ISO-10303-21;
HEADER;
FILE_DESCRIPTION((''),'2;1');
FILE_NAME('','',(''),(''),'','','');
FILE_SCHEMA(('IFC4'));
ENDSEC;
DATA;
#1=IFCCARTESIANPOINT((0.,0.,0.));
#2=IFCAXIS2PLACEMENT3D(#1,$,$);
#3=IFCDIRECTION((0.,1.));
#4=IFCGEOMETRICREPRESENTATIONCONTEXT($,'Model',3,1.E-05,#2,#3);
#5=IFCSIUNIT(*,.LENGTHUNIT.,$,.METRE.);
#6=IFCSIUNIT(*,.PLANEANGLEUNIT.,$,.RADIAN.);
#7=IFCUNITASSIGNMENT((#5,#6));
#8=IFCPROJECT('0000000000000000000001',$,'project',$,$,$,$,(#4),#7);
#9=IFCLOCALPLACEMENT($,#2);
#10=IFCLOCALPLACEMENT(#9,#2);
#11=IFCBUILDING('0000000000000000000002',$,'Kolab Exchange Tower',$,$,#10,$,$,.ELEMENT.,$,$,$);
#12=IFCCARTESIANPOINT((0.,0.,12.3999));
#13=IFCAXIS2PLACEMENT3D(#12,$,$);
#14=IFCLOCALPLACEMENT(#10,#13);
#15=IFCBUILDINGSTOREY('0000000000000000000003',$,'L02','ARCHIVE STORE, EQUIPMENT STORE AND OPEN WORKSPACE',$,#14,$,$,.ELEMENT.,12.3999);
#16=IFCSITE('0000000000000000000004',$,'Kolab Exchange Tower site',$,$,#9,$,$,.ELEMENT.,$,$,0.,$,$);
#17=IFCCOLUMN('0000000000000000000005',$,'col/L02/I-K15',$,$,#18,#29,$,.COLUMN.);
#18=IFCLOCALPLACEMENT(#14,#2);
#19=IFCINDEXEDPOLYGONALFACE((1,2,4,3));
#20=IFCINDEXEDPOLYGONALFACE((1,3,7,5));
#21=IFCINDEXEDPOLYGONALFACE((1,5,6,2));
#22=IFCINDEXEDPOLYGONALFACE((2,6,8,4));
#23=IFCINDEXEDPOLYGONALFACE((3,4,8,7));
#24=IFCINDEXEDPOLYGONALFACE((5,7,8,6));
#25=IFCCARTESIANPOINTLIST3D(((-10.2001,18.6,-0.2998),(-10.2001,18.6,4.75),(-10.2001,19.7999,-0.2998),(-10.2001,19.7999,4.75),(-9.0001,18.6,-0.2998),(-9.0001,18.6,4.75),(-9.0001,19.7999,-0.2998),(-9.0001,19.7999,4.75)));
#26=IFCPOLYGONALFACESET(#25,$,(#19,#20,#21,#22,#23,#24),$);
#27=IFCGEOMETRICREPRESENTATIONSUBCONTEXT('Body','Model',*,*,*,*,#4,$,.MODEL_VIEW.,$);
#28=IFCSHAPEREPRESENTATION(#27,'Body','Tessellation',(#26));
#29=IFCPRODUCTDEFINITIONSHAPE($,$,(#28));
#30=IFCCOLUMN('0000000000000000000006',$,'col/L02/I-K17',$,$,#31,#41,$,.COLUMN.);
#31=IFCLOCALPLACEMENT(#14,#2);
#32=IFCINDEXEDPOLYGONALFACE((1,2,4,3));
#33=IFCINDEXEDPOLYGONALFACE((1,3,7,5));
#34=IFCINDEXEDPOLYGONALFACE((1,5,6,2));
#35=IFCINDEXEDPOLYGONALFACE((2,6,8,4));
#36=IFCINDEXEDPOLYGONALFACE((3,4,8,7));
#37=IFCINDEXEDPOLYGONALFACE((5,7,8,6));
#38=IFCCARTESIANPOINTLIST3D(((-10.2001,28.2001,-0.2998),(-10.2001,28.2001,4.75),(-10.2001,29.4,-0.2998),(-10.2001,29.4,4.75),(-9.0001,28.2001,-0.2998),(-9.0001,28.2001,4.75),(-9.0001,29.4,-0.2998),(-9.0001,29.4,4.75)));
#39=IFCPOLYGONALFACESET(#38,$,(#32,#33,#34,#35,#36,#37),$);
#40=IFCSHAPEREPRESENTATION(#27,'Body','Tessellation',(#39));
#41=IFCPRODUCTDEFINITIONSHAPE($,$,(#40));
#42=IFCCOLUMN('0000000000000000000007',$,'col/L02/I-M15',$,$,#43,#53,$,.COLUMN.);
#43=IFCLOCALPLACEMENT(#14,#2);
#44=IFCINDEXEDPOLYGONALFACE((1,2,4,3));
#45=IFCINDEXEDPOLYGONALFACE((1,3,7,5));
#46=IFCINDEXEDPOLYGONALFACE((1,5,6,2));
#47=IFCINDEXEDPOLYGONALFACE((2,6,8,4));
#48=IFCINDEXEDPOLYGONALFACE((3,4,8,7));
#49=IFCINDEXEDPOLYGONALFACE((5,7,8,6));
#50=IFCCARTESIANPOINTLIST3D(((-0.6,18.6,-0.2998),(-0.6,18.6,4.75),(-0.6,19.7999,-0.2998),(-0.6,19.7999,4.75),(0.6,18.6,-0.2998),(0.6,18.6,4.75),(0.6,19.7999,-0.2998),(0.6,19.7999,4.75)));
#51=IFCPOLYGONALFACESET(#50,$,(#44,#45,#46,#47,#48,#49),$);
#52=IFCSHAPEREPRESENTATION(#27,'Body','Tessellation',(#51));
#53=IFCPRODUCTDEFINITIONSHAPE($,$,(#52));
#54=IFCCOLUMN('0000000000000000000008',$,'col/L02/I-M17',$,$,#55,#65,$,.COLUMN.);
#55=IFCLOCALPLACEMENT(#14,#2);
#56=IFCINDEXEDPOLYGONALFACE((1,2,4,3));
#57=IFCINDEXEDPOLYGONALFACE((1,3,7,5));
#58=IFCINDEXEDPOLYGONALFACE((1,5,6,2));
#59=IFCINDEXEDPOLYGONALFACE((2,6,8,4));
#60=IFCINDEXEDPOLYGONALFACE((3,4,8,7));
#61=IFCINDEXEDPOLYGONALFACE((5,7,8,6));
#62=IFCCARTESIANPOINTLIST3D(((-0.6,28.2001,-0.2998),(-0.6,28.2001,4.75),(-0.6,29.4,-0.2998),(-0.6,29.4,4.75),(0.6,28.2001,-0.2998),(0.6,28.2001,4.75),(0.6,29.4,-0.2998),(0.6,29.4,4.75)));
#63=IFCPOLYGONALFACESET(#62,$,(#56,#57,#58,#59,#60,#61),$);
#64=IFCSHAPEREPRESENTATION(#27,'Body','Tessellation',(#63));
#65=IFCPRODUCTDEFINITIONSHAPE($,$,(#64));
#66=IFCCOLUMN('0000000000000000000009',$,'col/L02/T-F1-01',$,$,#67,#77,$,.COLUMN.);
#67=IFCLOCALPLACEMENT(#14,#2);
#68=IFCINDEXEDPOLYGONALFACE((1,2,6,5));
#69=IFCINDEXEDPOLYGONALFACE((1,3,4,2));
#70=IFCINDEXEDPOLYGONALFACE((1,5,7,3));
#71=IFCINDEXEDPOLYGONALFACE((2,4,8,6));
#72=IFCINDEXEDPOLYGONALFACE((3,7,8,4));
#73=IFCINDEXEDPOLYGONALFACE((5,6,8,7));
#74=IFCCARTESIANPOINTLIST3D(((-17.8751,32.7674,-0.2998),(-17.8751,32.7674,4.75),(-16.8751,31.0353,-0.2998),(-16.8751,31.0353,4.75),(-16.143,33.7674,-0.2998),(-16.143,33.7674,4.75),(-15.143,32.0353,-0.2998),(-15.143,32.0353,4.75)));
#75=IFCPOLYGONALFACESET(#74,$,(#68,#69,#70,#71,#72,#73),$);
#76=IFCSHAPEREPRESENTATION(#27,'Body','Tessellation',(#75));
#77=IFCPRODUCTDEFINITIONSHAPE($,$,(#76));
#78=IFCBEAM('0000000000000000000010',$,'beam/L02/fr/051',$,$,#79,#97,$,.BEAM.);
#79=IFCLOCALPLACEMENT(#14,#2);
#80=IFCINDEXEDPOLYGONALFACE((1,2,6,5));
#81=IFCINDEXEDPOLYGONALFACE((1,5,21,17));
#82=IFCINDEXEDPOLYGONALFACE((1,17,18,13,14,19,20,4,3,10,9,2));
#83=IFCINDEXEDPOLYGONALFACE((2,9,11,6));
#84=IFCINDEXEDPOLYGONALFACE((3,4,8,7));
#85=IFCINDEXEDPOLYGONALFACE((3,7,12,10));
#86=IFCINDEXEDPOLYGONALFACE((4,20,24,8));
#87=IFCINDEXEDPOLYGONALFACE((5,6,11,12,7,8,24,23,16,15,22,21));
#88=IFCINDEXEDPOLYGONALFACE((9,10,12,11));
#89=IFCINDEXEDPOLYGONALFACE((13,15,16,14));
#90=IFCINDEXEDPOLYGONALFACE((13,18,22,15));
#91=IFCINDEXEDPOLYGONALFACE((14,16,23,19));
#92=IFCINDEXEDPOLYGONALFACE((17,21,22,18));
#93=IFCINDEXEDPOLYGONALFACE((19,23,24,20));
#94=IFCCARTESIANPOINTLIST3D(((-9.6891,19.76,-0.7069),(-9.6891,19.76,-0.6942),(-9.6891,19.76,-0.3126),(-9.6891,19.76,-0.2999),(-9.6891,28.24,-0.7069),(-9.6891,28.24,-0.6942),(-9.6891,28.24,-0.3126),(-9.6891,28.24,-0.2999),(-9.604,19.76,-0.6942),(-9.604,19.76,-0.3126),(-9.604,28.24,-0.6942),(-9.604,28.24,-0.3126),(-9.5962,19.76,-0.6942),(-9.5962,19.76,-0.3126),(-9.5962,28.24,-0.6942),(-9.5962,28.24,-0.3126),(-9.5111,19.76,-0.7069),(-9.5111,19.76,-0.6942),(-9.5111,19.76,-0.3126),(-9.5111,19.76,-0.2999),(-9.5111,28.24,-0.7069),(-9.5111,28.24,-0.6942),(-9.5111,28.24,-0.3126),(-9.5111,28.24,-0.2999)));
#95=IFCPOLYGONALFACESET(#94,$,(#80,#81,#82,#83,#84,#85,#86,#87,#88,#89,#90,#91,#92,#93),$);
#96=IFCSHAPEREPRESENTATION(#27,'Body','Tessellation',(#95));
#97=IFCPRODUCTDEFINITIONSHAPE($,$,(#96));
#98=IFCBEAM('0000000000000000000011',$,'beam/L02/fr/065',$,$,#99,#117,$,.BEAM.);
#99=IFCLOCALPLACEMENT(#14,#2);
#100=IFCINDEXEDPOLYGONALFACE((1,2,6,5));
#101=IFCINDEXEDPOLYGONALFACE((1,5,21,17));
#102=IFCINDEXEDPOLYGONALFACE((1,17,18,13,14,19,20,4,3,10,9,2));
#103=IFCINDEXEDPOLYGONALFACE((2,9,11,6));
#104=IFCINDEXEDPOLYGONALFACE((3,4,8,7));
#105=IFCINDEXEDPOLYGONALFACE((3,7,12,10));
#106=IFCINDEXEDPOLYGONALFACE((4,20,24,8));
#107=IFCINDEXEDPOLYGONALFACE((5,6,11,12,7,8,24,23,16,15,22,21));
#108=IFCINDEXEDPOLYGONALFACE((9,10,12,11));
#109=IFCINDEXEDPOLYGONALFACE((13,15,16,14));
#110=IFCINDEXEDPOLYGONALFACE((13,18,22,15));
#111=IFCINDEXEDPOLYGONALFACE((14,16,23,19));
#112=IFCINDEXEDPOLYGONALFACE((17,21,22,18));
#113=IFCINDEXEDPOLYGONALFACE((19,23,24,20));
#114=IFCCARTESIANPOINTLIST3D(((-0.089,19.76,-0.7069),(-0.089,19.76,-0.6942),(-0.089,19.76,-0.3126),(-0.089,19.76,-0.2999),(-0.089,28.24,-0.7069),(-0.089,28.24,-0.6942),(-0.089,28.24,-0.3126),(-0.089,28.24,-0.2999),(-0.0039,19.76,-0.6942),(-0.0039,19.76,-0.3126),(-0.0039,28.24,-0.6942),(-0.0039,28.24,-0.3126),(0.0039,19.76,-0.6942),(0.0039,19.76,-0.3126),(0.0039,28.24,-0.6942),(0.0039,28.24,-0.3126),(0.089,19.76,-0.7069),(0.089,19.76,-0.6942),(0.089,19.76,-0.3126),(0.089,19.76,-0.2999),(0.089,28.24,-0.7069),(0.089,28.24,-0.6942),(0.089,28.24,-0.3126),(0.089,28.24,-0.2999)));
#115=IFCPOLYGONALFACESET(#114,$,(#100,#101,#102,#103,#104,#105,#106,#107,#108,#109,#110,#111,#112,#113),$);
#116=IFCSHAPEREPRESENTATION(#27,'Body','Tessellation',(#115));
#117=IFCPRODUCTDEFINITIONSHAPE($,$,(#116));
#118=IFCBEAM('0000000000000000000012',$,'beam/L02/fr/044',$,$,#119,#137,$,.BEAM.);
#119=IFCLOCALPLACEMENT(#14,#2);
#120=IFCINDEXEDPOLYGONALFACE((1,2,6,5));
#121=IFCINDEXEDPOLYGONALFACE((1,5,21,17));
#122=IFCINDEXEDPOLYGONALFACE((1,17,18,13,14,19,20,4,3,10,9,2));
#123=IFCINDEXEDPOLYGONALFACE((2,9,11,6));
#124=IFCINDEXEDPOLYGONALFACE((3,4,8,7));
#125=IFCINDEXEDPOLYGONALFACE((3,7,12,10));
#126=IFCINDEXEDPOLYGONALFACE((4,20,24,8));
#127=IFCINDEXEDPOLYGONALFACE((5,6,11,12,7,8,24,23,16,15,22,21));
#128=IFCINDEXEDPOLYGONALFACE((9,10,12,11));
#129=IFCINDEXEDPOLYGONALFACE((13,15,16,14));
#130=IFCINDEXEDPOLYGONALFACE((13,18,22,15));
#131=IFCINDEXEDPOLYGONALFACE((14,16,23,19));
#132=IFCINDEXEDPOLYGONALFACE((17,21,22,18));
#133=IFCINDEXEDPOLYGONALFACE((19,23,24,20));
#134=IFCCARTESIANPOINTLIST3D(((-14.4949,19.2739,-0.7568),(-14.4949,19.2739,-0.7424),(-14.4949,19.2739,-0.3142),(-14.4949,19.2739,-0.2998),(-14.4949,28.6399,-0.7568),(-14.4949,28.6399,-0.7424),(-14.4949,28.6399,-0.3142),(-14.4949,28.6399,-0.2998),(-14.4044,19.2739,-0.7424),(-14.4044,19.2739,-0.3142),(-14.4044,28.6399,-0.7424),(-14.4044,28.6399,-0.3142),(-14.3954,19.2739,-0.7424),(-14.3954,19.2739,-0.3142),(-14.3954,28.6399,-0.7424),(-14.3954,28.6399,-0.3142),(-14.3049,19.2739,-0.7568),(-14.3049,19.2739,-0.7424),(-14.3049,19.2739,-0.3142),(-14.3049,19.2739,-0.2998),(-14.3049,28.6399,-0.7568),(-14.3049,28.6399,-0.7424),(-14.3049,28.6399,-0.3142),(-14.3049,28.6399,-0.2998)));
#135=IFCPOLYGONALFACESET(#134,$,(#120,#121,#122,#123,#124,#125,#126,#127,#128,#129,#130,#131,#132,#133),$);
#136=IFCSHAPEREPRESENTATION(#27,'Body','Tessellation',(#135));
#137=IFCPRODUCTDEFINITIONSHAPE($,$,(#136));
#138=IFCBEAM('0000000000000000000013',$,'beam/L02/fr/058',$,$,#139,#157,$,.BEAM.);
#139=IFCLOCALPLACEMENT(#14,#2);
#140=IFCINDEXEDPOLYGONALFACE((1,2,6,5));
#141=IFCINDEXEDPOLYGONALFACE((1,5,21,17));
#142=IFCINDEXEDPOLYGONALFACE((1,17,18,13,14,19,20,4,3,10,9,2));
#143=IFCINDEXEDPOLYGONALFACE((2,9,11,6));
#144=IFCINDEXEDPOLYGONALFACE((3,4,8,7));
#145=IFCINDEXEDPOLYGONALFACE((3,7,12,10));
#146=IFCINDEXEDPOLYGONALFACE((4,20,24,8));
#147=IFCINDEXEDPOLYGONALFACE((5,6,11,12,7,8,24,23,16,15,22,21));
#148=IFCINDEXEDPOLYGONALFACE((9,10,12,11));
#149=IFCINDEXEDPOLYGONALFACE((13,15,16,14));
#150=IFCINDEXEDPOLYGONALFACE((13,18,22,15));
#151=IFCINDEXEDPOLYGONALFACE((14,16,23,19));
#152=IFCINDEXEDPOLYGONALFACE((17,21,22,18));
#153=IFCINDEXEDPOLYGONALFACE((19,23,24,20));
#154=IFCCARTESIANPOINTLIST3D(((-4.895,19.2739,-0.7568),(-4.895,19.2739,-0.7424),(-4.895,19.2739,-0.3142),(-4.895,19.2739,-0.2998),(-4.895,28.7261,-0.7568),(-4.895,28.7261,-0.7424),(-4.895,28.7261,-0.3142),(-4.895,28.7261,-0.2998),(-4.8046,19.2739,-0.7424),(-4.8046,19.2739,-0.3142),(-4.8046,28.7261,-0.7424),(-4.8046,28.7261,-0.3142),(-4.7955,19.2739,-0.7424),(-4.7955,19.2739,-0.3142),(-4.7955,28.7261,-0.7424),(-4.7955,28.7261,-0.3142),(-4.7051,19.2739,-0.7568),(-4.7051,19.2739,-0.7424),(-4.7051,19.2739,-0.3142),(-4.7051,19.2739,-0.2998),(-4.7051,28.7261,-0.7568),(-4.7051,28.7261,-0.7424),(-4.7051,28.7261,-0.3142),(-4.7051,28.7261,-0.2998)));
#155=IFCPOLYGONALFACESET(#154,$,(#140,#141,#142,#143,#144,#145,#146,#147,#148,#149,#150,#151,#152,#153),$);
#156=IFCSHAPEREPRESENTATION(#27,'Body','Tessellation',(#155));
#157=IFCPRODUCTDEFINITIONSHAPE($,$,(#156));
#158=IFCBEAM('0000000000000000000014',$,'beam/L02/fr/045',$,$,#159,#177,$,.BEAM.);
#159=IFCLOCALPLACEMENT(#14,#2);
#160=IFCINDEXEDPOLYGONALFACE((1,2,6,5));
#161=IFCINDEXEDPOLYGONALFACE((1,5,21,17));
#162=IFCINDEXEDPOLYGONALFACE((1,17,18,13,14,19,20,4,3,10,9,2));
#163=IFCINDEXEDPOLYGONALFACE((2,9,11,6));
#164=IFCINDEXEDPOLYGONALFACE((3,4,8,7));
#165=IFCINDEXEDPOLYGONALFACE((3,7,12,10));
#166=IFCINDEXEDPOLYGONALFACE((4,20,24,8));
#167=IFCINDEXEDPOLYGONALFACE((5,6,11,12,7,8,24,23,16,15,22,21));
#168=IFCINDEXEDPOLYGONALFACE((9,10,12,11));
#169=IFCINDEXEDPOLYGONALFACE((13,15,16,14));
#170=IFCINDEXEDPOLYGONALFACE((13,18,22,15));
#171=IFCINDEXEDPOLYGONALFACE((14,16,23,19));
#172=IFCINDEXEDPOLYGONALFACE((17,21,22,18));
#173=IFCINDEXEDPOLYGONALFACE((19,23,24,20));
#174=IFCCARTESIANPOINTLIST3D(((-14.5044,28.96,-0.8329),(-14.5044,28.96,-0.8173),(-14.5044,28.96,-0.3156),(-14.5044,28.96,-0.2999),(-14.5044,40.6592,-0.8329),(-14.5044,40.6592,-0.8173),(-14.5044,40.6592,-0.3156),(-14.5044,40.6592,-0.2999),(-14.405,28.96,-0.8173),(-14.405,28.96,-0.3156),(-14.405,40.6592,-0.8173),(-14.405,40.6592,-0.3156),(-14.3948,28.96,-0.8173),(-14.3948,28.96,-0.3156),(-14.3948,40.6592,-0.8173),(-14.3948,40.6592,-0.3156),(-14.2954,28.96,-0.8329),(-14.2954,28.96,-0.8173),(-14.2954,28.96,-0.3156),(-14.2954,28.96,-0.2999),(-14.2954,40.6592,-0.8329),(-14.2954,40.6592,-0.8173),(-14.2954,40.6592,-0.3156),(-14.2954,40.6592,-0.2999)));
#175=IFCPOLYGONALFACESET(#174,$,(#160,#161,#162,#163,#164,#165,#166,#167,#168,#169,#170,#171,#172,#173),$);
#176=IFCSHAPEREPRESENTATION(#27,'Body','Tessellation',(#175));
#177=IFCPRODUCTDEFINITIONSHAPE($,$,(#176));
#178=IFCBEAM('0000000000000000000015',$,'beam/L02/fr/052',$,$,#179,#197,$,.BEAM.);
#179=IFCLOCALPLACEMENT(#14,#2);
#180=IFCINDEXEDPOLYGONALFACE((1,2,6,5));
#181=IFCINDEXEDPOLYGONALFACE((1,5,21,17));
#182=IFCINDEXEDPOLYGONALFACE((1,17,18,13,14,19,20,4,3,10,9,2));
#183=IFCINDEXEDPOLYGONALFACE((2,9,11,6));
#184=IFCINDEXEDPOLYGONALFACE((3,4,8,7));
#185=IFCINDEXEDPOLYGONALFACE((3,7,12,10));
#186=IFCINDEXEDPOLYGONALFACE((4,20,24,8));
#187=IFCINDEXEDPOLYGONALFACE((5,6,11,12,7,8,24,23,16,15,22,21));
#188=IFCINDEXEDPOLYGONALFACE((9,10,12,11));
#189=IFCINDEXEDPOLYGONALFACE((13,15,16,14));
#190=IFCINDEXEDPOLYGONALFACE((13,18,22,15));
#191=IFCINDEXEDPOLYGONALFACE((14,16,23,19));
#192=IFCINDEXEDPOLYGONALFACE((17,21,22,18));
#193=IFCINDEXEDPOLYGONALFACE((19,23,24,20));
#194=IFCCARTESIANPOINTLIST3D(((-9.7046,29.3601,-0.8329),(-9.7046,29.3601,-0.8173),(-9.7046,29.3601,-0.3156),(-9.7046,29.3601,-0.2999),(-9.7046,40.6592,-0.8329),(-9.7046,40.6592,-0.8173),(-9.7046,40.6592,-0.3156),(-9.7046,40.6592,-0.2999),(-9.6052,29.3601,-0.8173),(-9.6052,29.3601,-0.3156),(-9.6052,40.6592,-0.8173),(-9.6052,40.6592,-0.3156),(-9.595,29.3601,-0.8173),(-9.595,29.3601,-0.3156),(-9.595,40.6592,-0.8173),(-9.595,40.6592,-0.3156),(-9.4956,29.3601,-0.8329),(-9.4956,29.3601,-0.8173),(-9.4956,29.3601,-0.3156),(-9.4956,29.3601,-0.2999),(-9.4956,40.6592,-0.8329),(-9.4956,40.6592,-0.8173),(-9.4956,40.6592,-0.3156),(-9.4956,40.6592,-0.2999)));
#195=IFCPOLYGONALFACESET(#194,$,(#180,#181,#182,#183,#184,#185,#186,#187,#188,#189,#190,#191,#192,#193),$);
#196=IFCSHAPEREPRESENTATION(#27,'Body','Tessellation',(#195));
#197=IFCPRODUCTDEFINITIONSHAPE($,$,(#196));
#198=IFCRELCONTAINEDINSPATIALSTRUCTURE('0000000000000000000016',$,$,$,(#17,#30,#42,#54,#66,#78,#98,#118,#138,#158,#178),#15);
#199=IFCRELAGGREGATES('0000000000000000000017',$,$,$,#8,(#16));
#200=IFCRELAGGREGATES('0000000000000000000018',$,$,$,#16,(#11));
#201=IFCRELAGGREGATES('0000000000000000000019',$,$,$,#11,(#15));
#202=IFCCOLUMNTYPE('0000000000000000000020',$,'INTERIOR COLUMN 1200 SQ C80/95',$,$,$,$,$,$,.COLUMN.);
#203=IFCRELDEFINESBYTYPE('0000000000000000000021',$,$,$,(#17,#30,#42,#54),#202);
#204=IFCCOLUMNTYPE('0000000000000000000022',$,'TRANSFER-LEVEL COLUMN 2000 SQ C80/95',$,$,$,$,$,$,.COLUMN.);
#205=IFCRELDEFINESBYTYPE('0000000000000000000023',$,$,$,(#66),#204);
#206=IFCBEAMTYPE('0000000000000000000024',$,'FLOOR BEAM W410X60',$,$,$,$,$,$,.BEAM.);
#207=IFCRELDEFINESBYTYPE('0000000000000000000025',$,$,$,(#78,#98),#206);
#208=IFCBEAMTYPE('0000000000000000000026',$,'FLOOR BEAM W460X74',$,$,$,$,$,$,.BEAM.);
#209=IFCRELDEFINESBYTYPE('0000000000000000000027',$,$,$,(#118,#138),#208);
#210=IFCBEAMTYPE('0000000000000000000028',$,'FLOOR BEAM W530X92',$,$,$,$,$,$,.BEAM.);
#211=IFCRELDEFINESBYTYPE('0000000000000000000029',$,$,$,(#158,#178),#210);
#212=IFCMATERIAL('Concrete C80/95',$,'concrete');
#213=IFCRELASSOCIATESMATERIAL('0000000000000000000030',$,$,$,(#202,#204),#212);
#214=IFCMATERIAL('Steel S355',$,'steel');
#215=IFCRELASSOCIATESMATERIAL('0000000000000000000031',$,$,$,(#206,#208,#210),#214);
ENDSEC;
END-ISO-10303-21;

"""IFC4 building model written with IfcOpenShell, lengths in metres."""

from ifc_helpers import new_model, si_unit, direction, frame, origin, origin_2d, place, context, subcontext, project, spatial, rectangle, i_section, extrude, material, material_profile, profile_set, type_object, element, save


model = new_model("IFC4")

# Units and contexts
model_context = context("Model", 3, precision=1e-05, world=origin(), true_north=direction((0.0, 1.0)))
body_context = subcontext(model_context, "Body", "Model", "MODEL_VIEW")
ifc_project = project(units=[si_unit("LENGTHUNIT", "METRE"), si_unit("PLANEANGLEUNIT", "RADIAN")], contexts=[model_context])

# Site, building, storey
site_placement = place(None, origin())
site = spatial("IfcSite", under=ifc_project, at=site_placement, Name="Kolab Exchange Tower site", CompositionType="ELEMENT", RefElevation=0.0)
building_placement = place(site_placement, origin())
building = spatial("IfcBuilding", under=site, at=building_placement, Name="Kolab Exchange Tower", CompositionType="ELEMENT")
storey_placement = place(building_placement, frame((0.0, 0.0, 12.3999)))
storey = spatial("IfcBuildingStorey", under=building, at=storey_placement, Name="L02", Description="ARCHIVE STORE, EQUIPMENT STORE AND OPEN WORKSPACE", CompositionType="ELEMENT", Elevation=12.3999)

# Columns
ifc_material_1 = material(Name="Concrete C80/95", Category="concrete")
ifc_material_profile_1 = material_profile(ifc_material_1, rectangle(XDim=1.2, YDim=1.2, at=origin_2d()), Name="RC1200")
ifc_profile_set_1 = profile_set([ifc_material_profile_1], Name="Concrete C80/95")
column_type_1 = type_object("IfcColumnType", Name="INTERIOR COLUMN 1200 SQ C80/95", PredefinedType="COLUMN", material=ifc_profile_set_1)
for number, where, z_axis, x_axis, name in (
    (1, (-9.6001, 19.2, -0.2998), (0.0, 0.0, 1.0), (1.0, 0.0, 0.0), "col/L02/I-K15"),
    (2, (-9.6001, 28.8, -0.2998), (0.0, 0.0, 1.0), (1.0, 0.0, 0.0), "col/L02/I-K17"),
    (3, (0.0, 19.2, -0.2998), (0.0, 0.0, 1.0), (1.0, 0.0, 0.0), "col/L02/I-M15"),
    (4, (0.0, 28.8, -0.2998), (0.0, 0.0, 1.0), (1.0, 0.0, 0.0), "col/L02/I-M17"),
):
    element("IfcColumn", number, at=place(storey_placement, frame(where, z_axis=z_axis, x_axis=x_axis)), inside=storey, type_object=column_type_1, Name=name, PredefinedType="COLUMN", context=body_context, shape_type="SweptSolid", body=[
        extrude(rectangle(XDim=1.2, YDim=1.2, at=origin_2d()), origin(), (0.0, 0.0, 1.0), 5.0498),
    ])
ifc_material_profile_2 = material_profile(ifc_material_1, rectangle(XDim=2.0, YDim=2.0, at=origin_2d()), Name="RC2000")
ifc_profile_set_2 = profile_set([ifc_material_profile_2], Name="Concrete C80/95")
column_type_2 = type_object("IfcColumnType", Name="TRANSFER-LEVEL COLUMN 2000 SQ C80/95", PredefinedType="COLUMN", material=ifc_profile_set_2)
column_placement = place(storey_placement, frame((-16.509, 32.4014, -0.2998), z_axis=(0.0, 0.0, 1.0), x_axis=(0.866025, 0.5, 0.0)))
element("IfcColumn", 5, at=column_placement, inside=storey, type_object=column_type_2, Name="col/L02/T-F1-01", PredefinedType="COLUMN", context=body_context, shape_type="SweptSolid", body=[
    extrude(rectangle(XDim=2.0, YDim=2.0, at=origin_2d()), origin(), (0.0, 0.0, 1.0), 5.0498),
])

# Beams
ifc_material_2 = material(Name="Steel S355", Category="steel")
ifc_material_profile_3 = material_profile(ifc_material_2, i_section(OverallWidth=0.178, OverallDepth=0.407, WebThickness=0.0078, FlangeThickness=0.0127, at=origin_2d()), Name="W410X60")
ifc_profile_set_3 = profile_set([ifc_material_profile_3], Name="Steel S355")
beam_type_1 = type_object("IfcBeamType", Name="FLOOR BEAM W410X60", PredefinedType="BEAM", material=ifc_profile_set_3)
for number, where, z_axis, x_axis, name in (
    (6, (-9.6001, 19.76, -0.5034), (0.0, 1.0, 0.0), (-1.0, 0.0, 0.0), "beam/L02/fr/051"),
    (7, (0.0, 19.76, -0.5034), (0.0, 1.0, 0.0), (-1.0, 0.0, 0.0), "beam/L02/fr/065"),
):
    element("IfcBeam", number, at=place(storey_placement, frame(where, z_axis=z_axis, x_axis=x_axis)), inside=storey, type_object=beam_type_1, Name=name, PredefinedType="BEAM", context=body_context, shape_type="SweptSolid", body=[
        extrude(i_section(OverallWidth=0.178, OverallDepth=0.407, WebThickness=0.0078, FlangeThickness=0.0127, at=origin_2d()), origin(), (0.0, 0.0, 1.0), 8.48),
    ])
ifc_material_profile_4 = material_profile(ifc_material_2, i_section(OverallWidth=0.1899, OverallDepth=0.457, WebThickness=0.009, FlangeThickness=0.0144, at=origin_2d()), Name="W460X74")
ifc_profile_set_4 = profile_set([ifc_material_profile_4], Name="Steel S355")
beam_type_2 = type_object("IfcBeamType", Name="FLOOR BEAM W460X74", PredefinedType="BEAM", material=ifc_profile_set_4)
beam_1_placement = place(storey_placement, frame((-14.3999, 19.2739, -0.5283), z_axis=(0.0, 1.0, 0.0), x_axis=(-1.0, 0.0, 0.0)))
element("IfcBeam", 8, at=beam_1_placement, inside=storey, type_object=beam_type_2, Name="beam/L02/fr/044", PredefinedType="BEAM", context=body_context, shape_type="SweptSolid", body=[
    extrude(i_section(OverallWidth=0.1899, OverallDepth=0.457, WebThickness=0.009, FlangeThickness=0.0144, at=origin_2d()), origin(), (0.0, 0.0, 1.0), 9.366),
])
beam_2_placement = place(storey_placement, frame((-4.8, 19.2739, -0.5283), z_axis=(0.0, 1.0, 0.0), x_axis=(-1.0, 0.0, 0.0)))
element("IfcBeam", 9, at=beam_2_placement, inside=storey, type_object=beam_type_2, Name="beam/L02/fr/058", PredefinedType="BEAM", context=body_context, shape_type="SweptSolid", body=[
    extrude(i_section(OverallWidth=0.1899, OverallDepth=0.457, WebThickness=0.009, FlangeThickness=0.0144, at=origin_2d()), origin(), (0.0, 0.0, 1.0), 9.4521),
])
ifc_material_profile_5 = material_profile(ifc_material_2, i_section(OverallWidth=0.209, OverallDepth=0.533, WebThickness=0.0103, FlangeThickness=0.0156, at=origin_2d()), Name="W530X92")
ifc_profile_set_5 = profile_set([ifc_material_profile_5], Name="Steel S355")
beam_type_3 = type_object("IfcBeamType", Name="FLOOR BEAM W530X92", PredefinedType="BEAM", material=ifc_profile_set_5)
beam_3_placement = place(storey_placement, frame((-14.3999, 28.96, -0.5664), z_axis=(0.0, 1.0, 0.0), x_axis=(-1.0, 0.0, 0.0)))
element("IfcBeam", 10, at=beam_3_placement, inside=storey, type_object=beam_type_3, Name="beam/L02/fr/045", PredefinedType="BEAM", context=body_context, shape_type="SweptSolid", body=[
    extrude(i_section(OverallWidth=0.209, OverallDepth=0.533, WebThickness=0.0103, FlangeThickness=0.0156, at=origin_2d()), origin(), (0.0, 0.0, 1.0), 11.6992),
])
beam_4_placement = place(storey_placement, frame((-9.6001, 29.3601, -0.5664), z_axis=(0.0, 1.0, 0.0), x_axis=(-1.0, 0.0, 0.0)))
element("IfcBeam", 11, at=beam_4_placement, inside=storey, type_object=beam_type_3, Name="beam/L02/fr/052", PredefinedType="BEAM", context=body_context, shape_type="SweptSolid", body=[
    extrude(i_section(OverallWidth=0.209, OverallDepth=0.533, WebThickness=0.0103, FlangeThickness=0.0156, at=origin_2d()), origin(), (0.0, 0.0, 1.0), 11.2991),
])

save(model, "model.ifc")
